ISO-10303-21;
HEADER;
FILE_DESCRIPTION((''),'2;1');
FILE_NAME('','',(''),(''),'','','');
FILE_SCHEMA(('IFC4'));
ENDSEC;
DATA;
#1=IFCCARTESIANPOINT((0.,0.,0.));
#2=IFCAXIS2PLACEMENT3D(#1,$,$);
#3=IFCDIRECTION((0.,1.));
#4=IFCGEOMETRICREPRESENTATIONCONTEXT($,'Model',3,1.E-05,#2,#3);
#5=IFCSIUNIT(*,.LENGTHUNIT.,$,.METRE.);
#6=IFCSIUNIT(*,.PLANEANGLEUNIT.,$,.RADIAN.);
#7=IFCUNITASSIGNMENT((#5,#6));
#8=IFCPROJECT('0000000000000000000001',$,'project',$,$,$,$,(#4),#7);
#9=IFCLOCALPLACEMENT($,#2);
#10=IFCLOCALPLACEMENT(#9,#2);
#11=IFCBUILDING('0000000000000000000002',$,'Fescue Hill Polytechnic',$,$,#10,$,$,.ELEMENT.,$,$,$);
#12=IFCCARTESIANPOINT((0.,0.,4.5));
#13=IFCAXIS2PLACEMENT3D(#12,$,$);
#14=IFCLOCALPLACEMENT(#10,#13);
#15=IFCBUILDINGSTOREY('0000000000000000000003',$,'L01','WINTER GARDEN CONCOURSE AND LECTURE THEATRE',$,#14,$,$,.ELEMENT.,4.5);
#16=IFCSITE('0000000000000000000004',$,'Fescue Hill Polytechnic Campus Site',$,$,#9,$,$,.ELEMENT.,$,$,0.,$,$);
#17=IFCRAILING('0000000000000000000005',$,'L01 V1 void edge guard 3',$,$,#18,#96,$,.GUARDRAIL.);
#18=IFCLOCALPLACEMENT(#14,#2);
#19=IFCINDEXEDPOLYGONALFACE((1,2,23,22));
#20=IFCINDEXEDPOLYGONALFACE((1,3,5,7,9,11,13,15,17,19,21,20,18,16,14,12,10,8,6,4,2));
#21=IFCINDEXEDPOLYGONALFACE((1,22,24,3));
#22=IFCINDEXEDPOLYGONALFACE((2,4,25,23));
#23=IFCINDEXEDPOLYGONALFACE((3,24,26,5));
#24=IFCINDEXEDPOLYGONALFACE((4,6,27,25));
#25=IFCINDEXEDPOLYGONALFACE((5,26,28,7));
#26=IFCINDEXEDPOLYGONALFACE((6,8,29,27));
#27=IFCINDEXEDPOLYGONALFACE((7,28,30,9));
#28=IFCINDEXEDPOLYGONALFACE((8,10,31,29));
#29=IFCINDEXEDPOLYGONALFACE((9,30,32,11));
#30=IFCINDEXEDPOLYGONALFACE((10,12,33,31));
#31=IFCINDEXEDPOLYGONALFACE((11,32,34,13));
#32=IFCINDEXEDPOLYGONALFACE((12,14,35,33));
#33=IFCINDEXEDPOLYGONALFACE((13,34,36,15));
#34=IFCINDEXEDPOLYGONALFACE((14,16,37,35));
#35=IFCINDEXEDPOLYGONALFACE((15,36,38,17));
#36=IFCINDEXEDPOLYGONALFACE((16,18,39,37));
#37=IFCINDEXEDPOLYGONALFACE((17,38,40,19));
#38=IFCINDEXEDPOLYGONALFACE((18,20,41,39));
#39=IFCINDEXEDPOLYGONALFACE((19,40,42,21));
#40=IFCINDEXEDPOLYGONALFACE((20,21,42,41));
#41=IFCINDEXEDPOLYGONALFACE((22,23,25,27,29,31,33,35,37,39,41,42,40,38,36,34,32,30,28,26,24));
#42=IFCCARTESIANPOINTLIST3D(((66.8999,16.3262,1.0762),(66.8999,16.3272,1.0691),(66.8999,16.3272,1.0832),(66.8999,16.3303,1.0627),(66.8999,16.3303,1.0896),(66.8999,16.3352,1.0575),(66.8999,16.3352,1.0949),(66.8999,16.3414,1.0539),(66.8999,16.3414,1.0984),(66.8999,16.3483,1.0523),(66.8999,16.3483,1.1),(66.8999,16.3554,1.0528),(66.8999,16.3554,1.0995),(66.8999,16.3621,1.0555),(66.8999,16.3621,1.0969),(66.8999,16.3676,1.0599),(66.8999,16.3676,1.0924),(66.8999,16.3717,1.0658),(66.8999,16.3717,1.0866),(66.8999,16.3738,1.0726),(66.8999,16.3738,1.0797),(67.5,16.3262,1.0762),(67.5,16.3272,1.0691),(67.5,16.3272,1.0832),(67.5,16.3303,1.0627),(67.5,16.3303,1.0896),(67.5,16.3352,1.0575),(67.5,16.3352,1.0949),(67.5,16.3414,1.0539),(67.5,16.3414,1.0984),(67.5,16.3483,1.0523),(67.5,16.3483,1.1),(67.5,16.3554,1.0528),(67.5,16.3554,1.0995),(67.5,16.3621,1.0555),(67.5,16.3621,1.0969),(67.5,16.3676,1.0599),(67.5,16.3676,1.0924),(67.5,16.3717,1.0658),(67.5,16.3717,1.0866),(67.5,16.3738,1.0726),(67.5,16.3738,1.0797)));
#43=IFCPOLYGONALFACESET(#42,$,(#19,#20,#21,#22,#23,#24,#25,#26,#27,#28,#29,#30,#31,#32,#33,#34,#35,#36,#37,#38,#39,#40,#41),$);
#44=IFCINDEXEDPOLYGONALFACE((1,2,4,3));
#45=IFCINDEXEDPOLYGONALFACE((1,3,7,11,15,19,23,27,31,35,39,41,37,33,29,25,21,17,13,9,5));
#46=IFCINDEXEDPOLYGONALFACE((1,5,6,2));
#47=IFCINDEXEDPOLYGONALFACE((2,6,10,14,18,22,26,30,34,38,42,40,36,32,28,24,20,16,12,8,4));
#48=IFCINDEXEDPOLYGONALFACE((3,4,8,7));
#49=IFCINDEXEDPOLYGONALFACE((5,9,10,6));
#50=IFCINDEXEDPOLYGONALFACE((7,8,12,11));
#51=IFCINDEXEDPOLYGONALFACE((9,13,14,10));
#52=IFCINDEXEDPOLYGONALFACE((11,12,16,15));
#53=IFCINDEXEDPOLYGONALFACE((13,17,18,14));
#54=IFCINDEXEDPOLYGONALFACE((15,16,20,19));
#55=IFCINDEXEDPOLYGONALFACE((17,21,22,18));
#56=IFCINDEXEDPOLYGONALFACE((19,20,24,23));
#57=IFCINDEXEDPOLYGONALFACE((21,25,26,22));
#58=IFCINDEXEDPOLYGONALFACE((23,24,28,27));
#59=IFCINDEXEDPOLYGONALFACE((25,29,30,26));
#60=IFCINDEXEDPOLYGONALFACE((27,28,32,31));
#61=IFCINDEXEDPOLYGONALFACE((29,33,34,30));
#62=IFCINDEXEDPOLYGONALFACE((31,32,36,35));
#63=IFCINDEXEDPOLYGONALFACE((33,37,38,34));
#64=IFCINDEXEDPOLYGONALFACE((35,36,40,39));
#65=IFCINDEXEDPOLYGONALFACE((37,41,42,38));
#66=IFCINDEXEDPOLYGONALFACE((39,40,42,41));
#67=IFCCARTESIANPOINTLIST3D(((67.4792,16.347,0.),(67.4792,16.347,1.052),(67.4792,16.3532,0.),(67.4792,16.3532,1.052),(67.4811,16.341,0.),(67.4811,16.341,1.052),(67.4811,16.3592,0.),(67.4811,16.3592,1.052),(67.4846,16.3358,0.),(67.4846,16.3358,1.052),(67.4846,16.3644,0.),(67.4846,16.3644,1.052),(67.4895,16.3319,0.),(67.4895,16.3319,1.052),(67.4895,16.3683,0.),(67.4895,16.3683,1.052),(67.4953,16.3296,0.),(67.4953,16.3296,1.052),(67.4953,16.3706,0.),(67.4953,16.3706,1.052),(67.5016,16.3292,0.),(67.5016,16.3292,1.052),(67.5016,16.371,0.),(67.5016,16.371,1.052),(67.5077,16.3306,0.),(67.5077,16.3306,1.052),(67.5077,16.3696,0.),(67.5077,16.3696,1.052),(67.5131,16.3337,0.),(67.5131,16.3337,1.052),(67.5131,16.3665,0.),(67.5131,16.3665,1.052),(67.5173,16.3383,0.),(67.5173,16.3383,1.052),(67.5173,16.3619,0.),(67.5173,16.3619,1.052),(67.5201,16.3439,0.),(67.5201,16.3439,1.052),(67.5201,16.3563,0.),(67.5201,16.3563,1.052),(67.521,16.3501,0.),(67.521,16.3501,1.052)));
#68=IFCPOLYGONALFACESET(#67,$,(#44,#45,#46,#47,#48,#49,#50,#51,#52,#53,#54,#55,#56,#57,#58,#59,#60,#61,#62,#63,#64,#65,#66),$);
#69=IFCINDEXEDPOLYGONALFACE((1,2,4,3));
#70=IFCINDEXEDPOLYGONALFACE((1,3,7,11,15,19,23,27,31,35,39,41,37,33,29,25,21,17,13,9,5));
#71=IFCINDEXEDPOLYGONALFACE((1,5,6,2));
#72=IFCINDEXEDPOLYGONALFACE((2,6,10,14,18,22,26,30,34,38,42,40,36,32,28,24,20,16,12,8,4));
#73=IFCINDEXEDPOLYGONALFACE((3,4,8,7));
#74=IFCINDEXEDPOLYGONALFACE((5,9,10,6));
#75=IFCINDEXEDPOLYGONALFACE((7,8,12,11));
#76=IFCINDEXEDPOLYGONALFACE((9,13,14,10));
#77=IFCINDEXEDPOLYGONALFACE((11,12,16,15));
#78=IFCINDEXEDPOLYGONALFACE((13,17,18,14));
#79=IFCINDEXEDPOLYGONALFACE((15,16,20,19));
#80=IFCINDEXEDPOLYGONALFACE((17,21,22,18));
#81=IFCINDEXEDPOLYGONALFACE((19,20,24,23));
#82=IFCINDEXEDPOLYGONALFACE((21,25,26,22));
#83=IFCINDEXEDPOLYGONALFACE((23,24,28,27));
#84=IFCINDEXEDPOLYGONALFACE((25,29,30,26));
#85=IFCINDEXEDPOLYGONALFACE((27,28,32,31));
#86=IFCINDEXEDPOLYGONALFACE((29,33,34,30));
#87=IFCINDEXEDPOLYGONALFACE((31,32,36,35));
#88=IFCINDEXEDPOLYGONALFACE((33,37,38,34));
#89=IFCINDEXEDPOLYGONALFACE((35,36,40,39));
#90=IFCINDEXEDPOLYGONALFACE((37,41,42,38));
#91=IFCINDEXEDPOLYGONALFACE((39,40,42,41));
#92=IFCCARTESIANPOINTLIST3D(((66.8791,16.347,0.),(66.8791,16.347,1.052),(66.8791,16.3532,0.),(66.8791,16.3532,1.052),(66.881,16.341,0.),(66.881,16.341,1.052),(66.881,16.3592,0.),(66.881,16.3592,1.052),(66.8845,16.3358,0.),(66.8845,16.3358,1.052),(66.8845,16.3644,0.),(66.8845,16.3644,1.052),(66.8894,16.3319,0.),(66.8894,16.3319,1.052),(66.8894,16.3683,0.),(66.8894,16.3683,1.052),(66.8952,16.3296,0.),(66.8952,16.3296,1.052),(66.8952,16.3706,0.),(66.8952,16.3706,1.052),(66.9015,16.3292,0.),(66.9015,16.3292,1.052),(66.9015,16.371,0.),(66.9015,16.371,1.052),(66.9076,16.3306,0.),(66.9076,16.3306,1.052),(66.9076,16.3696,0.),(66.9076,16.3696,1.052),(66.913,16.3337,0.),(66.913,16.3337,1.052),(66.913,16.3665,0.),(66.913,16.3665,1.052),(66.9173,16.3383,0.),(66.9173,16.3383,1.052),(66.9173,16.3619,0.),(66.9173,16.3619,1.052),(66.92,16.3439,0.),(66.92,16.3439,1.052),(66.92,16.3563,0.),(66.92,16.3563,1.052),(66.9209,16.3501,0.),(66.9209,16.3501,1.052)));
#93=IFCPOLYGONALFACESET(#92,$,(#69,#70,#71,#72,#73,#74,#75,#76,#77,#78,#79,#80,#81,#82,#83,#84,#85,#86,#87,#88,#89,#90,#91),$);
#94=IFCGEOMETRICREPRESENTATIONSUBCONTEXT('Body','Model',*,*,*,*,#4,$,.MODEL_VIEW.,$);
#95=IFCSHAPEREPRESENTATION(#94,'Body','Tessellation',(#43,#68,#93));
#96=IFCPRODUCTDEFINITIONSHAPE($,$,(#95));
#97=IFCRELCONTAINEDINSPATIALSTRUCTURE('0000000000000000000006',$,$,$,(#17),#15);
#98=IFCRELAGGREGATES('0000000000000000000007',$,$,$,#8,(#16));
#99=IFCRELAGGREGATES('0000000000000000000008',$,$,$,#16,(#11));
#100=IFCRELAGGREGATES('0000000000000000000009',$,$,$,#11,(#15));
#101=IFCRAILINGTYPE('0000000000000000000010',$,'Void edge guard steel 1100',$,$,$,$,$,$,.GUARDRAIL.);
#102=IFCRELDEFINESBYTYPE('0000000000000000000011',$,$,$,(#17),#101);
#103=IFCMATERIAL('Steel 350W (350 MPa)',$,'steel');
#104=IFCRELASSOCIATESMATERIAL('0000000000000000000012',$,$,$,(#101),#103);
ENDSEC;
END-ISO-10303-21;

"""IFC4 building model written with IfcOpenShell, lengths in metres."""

from ifc_helpers import new_model, si_unit, direction, frame, origin, origin_2d, place, context, subcontext, project, spatial, circle, extrude, material, type_object, element, save


model = new_model("IFC4")

# Units and contexts
model_context = context("Model", 3, precision=1e-05, world=origin(), true_north=direction((0.0, 1.0)))
body_context = subcontext(model_context, "Body", "Model", "MODEL_VIEW")
ifc_project = project(units=[si_unit("LENGTHUNIT", "METRE"), si_unit("PLANEANGLEUNIT", "RADIAN")], contexts=[model_context])

# Site, building, storey
site_placement = place(None, origin())
site = spatial("IfcSite", under=ifc_project, at=site_placement, Name="Fescue Hill Polytechnic Campus Site", CompositionType="ELEMENT", RefElevation=0.0)
building_placement = place(site_placement, origin())
building = spatial("IfcBuilding", under=site, at=building_placement, Name="Fescue Hill Polytechnic", CompositionType="ELEMENT")
storey_placement = place(building_placement, frame((0.0, 0.0, 4.5)))
storey = spatial("IfcBuildingStorey", under=building, at=storey_placement, Name="L01", Description="WINTER GARDEN CONCOURSE AND LECTURE THEATRE", CompositionType="ELEMENT", Elevation=4.5)

# Railing
ifc_material_1 = material(Name="Steel 350W (350 MPa)", Category="steel")
railing_type_1 = type_object("IfcRailingType", Name="Void edge guard steel 1100", PredefinedType="GUARDRAIL", material=ifc_material_1)
railing_1_placement = place(storey_placement, frame((67.5, 16.3501, 0.0)))
element("IfcRailing", 1, at=railing_1_placement, inside=storey, type_object=railing_type_1, Name="L01 V1 void edge guard 3", PredefinedType="GUARDRAIL", context=body_context, shape_type="SweptSolid", body=[
    extrude(circle(Radius=0.0239, at=origin_2d()), frame((0.0, 0.0, 1.0762), z_axis=(-1.0, 0.0, 0.0), x_axis=(0.0, -1.0, 0.0)), (0.0, 0.0, 1.0), 0.6001),
    extrude(circle(Radius=0.021, at=origin_2d()), origin(), (0.0, 0.0, 1.0), 1.052),
    extrude(circle(Radius=0.021, at=origin_2d()), frame((-0.6001, 0.0, 0.0)), (0.0, 0.0, 1.0), 1.052),
])

save(model, "model.ifc")
